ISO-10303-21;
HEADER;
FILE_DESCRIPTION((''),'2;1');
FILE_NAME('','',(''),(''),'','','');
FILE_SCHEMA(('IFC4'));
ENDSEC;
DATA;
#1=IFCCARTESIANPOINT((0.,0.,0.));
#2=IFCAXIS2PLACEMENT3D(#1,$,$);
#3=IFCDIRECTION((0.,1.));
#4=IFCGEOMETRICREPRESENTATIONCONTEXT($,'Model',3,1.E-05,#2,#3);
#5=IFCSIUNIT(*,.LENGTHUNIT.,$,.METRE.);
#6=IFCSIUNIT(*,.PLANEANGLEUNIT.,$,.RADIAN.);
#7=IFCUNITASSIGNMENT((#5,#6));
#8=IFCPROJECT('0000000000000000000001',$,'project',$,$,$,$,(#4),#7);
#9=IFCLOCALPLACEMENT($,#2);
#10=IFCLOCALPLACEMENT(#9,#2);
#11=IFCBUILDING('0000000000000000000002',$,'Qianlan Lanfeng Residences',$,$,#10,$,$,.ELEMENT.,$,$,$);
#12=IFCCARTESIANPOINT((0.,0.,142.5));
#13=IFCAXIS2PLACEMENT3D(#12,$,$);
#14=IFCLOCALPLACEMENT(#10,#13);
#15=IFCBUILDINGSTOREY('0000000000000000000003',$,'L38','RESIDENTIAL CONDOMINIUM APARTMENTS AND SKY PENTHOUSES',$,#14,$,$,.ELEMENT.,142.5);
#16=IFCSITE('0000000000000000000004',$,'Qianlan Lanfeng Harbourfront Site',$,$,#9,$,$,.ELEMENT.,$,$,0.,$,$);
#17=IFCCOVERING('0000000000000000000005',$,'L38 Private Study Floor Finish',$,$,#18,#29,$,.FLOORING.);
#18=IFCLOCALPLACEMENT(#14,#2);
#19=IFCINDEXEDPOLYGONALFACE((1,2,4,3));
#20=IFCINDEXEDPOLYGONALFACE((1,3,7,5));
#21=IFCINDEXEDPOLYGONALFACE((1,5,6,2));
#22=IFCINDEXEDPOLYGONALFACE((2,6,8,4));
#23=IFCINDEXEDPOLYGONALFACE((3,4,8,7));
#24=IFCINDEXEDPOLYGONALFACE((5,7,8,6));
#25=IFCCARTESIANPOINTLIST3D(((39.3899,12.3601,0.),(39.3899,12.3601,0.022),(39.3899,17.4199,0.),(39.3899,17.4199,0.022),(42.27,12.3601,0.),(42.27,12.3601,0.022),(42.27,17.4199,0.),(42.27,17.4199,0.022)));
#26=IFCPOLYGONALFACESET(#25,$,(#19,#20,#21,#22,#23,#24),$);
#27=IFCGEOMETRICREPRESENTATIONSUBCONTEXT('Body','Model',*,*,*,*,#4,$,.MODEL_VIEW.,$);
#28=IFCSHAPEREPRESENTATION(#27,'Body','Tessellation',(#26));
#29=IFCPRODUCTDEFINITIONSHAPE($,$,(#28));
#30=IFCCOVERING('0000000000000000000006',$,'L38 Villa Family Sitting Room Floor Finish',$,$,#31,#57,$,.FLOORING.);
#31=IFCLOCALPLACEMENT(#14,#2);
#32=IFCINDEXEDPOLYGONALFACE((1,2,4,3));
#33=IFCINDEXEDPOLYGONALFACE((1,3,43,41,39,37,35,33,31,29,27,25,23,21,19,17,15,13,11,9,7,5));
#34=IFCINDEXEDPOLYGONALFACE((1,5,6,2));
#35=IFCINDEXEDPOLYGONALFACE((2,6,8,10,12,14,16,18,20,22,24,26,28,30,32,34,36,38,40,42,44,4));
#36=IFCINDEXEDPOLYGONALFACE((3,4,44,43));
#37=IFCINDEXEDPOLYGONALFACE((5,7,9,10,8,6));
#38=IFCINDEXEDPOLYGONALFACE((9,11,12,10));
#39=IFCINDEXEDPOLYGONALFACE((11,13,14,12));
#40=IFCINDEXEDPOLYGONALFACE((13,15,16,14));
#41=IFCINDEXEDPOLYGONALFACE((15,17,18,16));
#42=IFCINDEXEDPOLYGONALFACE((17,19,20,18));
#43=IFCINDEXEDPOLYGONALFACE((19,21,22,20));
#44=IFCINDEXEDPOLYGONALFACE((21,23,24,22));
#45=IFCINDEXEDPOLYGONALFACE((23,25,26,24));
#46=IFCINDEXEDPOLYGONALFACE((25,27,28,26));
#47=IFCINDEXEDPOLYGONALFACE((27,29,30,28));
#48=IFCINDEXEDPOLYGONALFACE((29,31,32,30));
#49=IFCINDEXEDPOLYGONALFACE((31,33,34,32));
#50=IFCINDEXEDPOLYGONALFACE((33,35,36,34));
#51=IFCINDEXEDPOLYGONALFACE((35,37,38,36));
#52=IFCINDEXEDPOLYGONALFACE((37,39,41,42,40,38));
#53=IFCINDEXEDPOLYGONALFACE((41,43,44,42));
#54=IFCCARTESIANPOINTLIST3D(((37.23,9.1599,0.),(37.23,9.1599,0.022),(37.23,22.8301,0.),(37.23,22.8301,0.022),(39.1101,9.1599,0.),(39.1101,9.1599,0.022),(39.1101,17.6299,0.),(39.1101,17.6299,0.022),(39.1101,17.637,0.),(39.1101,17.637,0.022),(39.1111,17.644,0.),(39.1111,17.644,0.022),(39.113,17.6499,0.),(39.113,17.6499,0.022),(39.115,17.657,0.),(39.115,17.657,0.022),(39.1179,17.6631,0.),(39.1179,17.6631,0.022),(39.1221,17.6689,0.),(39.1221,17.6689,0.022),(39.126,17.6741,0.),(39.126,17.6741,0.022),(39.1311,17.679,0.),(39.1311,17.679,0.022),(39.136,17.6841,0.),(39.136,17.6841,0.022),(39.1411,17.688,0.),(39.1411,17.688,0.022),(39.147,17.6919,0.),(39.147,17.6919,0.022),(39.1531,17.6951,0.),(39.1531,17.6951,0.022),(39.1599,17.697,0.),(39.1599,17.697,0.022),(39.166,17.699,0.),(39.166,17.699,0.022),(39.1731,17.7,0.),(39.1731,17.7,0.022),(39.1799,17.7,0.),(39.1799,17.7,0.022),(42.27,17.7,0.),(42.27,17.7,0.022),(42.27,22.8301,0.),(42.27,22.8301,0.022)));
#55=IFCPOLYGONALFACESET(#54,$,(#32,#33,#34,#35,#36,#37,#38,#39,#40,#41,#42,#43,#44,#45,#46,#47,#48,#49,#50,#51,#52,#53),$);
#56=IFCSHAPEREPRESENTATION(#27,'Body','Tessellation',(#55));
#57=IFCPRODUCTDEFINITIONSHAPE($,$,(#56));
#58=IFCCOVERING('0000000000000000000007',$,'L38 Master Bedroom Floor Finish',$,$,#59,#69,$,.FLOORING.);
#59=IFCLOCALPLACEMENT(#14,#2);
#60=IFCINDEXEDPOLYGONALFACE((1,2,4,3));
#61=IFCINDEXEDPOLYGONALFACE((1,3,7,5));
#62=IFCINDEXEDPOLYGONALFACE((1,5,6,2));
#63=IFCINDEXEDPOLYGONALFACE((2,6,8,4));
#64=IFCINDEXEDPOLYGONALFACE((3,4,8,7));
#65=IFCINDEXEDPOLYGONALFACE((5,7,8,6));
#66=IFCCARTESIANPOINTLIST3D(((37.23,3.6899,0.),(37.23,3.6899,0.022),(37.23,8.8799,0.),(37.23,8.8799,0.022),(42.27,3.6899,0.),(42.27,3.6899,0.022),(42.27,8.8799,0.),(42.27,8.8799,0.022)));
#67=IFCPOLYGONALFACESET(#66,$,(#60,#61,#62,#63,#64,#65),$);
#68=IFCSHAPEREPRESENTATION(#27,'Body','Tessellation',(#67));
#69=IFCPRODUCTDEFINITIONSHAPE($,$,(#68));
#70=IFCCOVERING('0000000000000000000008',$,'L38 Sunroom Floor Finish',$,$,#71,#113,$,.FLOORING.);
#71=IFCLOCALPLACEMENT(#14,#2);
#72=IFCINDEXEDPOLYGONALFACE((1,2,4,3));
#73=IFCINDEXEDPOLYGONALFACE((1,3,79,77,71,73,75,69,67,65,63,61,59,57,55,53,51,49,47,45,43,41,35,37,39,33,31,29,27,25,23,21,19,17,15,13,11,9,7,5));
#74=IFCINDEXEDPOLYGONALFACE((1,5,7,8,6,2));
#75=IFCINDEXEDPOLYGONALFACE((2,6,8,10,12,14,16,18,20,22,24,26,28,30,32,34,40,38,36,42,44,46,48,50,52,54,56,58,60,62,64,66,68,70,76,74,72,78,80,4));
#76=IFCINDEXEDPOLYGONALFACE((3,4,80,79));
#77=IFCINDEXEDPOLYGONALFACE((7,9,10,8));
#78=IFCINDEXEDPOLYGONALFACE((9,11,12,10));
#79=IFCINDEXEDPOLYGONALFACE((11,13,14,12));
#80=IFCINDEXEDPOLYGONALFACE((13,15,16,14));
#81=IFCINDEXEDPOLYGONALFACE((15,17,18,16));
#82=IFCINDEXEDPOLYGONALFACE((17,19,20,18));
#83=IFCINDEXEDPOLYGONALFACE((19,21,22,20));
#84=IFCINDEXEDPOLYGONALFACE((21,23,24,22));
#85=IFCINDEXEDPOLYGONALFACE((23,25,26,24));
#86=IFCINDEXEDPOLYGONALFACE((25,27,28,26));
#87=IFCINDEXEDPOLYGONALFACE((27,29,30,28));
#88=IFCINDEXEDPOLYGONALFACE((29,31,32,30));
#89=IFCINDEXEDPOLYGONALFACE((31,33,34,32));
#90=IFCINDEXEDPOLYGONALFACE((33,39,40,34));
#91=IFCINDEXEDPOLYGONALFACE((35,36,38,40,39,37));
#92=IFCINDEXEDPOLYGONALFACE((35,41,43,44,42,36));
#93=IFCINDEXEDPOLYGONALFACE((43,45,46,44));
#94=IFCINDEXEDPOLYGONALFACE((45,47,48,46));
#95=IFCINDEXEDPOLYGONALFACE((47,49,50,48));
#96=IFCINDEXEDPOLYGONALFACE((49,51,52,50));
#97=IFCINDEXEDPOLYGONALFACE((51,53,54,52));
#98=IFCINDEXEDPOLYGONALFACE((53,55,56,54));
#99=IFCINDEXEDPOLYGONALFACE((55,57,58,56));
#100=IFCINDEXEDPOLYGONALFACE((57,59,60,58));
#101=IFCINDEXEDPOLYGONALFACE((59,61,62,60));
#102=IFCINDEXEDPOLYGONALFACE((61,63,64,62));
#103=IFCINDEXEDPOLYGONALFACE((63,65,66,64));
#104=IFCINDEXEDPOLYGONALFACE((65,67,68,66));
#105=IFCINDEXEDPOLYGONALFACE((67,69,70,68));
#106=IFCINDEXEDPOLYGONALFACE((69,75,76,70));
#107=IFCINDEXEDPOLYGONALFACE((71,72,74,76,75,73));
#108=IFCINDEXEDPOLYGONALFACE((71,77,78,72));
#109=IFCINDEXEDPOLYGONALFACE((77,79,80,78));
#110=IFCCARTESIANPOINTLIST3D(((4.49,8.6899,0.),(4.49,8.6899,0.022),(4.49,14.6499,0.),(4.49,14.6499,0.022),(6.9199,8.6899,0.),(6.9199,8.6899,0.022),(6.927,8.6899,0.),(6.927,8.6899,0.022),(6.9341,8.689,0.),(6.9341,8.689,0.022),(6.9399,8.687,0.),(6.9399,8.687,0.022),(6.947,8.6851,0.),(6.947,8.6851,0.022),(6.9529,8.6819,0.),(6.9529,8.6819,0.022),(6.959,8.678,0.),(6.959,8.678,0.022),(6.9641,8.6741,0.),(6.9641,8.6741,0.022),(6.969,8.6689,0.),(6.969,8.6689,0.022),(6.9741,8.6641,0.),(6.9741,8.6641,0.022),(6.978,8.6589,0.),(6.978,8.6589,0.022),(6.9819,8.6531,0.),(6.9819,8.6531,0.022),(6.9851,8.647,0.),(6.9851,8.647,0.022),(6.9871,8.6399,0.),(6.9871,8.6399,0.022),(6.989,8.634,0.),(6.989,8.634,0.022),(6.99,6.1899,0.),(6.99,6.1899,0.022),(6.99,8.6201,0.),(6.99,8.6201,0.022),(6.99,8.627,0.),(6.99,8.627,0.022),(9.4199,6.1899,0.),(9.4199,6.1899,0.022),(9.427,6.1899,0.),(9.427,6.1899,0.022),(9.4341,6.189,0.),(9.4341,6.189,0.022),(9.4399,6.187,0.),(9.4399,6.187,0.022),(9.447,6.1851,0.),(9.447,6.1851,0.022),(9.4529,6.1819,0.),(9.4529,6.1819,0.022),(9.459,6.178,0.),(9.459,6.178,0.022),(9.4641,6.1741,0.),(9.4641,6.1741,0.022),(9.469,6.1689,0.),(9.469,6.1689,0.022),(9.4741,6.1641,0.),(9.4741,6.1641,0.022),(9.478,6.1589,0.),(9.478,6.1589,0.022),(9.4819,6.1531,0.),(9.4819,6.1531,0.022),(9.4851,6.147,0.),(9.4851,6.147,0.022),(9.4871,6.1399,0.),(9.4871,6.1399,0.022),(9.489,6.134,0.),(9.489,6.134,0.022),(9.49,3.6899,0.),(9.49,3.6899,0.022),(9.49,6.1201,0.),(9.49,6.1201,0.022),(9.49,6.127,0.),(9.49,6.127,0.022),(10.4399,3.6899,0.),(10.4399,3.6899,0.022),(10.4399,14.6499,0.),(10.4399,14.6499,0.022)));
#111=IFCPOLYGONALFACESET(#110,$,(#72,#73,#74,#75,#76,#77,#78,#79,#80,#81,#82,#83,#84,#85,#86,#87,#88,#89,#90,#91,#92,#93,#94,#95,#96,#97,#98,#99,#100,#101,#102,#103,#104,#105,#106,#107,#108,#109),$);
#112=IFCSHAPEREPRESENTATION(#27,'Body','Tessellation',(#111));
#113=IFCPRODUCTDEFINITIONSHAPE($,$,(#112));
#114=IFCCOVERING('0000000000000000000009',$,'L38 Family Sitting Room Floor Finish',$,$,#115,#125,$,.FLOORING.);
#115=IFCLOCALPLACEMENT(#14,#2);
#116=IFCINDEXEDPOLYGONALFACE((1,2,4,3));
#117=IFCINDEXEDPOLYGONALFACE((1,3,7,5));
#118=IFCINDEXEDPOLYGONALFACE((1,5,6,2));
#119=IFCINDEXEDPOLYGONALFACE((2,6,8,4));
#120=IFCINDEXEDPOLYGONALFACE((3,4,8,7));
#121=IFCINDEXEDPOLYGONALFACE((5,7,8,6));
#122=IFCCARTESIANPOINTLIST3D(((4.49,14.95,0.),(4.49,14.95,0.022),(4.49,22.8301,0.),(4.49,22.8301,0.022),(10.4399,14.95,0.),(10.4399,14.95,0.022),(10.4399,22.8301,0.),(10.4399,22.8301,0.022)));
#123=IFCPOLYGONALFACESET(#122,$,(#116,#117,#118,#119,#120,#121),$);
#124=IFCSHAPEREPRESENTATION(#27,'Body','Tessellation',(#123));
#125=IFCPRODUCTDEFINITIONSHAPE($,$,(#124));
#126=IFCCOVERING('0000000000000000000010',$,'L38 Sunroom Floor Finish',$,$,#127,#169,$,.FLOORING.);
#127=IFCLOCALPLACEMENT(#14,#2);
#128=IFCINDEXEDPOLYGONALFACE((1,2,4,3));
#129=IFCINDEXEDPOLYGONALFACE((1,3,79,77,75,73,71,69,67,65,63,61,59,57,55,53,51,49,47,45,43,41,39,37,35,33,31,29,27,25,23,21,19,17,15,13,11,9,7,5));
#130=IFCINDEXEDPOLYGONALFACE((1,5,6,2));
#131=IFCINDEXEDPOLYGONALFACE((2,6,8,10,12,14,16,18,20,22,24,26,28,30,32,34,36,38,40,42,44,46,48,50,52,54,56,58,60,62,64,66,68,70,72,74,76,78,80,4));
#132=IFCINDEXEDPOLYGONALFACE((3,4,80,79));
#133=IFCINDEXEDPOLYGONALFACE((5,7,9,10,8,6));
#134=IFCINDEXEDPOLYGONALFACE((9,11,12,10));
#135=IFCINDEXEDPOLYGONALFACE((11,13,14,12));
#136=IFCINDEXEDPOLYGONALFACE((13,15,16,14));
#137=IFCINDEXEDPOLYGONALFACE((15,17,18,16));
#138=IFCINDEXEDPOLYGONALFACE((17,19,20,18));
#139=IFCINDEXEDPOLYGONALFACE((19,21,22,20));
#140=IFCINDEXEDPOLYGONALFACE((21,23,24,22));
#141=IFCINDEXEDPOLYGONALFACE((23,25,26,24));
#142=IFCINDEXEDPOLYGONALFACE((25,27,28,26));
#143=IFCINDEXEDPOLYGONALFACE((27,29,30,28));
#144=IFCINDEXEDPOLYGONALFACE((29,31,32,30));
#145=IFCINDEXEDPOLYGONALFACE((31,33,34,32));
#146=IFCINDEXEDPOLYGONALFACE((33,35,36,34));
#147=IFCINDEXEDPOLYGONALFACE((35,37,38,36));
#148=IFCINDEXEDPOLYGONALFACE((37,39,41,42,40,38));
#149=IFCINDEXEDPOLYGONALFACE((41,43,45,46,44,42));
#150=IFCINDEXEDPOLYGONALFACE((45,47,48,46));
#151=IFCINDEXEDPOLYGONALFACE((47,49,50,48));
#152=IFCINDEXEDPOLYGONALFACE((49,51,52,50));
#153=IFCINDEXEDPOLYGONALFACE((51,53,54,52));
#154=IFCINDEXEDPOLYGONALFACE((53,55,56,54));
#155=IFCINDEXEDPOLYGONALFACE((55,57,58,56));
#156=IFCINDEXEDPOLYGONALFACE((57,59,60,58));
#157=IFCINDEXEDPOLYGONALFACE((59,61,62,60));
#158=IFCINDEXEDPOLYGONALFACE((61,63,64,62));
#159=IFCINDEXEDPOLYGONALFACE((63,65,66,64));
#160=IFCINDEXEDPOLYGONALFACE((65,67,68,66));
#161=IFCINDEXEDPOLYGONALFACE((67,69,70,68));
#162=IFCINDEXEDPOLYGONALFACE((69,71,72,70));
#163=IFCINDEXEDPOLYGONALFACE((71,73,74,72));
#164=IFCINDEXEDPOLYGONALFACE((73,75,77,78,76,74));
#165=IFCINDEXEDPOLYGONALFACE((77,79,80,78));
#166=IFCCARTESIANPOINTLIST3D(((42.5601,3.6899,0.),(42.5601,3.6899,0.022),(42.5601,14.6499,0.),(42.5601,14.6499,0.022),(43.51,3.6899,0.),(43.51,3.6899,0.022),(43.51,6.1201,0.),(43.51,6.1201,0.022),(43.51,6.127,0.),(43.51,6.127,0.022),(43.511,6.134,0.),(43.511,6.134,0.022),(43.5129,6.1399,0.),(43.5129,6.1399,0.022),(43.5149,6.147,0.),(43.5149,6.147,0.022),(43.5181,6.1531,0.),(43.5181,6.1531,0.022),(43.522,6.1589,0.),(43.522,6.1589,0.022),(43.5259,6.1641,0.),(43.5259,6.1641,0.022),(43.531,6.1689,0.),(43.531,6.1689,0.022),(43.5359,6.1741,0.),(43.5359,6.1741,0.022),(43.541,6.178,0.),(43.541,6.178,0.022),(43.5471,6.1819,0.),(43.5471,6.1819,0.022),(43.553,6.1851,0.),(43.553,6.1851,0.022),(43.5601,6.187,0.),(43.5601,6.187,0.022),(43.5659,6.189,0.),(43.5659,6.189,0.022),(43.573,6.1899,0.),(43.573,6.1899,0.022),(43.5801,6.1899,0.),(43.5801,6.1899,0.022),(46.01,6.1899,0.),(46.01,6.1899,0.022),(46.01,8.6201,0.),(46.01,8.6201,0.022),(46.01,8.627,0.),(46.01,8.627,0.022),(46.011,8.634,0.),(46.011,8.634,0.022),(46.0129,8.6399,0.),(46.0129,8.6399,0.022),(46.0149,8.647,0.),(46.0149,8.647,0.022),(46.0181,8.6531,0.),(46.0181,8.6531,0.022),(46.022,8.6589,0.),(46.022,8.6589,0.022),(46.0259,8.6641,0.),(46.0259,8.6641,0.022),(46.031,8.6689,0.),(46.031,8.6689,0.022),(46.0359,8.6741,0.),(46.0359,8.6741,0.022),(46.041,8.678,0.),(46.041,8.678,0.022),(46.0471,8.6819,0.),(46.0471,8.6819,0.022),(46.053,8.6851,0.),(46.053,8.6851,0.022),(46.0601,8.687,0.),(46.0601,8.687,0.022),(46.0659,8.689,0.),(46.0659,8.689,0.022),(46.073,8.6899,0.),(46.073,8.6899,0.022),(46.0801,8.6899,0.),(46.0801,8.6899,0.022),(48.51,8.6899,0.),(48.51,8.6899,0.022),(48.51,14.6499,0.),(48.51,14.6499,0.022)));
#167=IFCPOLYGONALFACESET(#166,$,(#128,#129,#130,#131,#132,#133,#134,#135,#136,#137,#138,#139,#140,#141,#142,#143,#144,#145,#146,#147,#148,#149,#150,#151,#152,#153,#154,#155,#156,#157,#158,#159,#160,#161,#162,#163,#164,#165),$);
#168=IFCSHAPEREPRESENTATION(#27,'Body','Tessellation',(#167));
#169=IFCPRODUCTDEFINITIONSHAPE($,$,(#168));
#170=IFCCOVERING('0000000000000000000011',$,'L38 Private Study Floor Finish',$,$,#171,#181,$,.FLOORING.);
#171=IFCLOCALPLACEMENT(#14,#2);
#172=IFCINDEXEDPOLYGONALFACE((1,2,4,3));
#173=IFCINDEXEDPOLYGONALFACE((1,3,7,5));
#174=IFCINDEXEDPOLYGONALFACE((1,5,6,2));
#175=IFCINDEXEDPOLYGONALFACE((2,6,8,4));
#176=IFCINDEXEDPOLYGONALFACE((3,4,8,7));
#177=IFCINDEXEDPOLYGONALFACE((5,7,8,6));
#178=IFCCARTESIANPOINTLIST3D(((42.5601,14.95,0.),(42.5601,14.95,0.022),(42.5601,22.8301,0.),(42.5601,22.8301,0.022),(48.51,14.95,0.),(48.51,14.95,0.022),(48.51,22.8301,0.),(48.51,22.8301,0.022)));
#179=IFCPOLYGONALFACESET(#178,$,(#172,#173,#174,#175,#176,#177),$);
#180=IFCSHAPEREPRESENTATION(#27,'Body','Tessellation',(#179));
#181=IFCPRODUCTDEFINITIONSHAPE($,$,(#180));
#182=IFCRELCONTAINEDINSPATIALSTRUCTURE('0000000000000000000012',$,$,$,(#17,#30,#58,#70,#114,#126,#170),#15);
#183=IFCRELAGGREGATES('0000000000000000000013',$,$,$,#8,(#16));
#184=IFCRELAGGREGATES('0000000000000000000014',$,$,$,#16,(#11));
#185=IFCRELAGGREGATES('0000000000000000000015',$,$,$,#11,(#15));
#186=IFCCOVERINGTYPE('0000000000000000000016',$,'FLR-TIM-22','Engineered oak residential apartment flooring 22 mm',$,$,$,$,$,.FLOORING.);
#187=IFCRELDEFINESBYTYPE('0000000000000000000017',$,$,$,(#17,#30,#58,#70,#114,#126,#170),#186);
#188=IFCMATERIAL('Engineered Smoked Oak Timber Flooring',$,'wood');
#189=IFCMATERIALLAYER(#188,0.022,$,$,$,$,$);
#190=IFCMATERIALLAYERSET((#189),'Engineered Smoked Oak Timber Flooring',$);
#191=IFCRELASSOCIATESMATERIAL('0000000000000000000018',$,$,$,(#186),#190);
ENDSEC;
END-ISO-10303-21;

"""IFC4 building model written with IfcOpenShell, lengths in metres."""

from ifc_helpers import new_model, si_unit, direction, frame, origin, place, context, subcontext, project, spatial, polyline, outline, extrude, material, layer, layer_set, type_object, element, save


model = new_model("IFC4")

# Units and contexts
model_context = context("Model", 3, precision=1e-05, world=origin(), true_north=direction((0.0, 1.0)))
body_context = subcontext(model_context, "Body", "Model", "MODEL_VIEW")
ifc_project = project(units=[si_unit("LENGTHUNIT", "METRE"), si_unit("PLANEANGLEUNIT", "RADIAN")], contexts=[model_context])

# Site, building, storey
site_placement = place(None, origin())
site = spatial("IfcSite", under=ifc_project, at=site_placement, Name="Qianlan Lanfeng Harbourfront Site", CompositionType="ELEMENT", RefElevation=0.0)
building_placement = place(site_placement, origin())
building = spatial("IfcBuilding", under=site, at=building_placement, Name="Qianlan Lanfeng Residences", CompositionType="ELEMENT")
storey_placement = place(building_placement, frame((0.0, 0.0, 142.5)))
storey = spatial("IfcBuildingStorey", under=building, at=storey_placement, Name="L38", Description="RESIDENTIAL CONDOMINIUM APARTMENTS AND SKY PENTHOUSES", CompositionType="ELEMENT", Elevation=142.5)

# Coverings
ifc_material_1 = material(Name="Engineered Smoked Oak Timber Flooring", Category="wood")
ifc_layer_1 = layer(ifc_material_1, 0.022)
ifc_layer_set_1 = layer_set([ifc_layer_1], Name="Engineered Smoked Oak Timber Flooring")
covering_type_1 = type_object("IfcCoveringType", Name="FLR-TIM-22", Description="Engineered oak residential apartment flooring 22 mm", PredefinedType="FLOORING", material=ifc_layer_set_1)
covering_1_placement = place(storey_placement, origin())
element("IfcCovering", 1, at=covering_1_placement, inside=storey, type_object=covering_type_1, Name="L38 Private Study Floor Finish", PredefinedType="FLOORING", context=body_context, shape_type="SweptSolid", body=[
    extrude(outline(polyline([(39.3899, 12.3601), (42.27, 12.3601), (42.27, 17.4199), (39.3899, 17.4199), (39.3899, 12.3601)])), origin(), (0.0, 0.0, 1.0), 0.022),
])
covering_2_placement = place(storey_placement, origin())
element("IfcCovering", 2, at=covering_2_placement, inside=storey, type_object=covering_type_1, Name="L38 Villa Family Sitting Room Floor Finish", PredefinedType="FLOORING", context=body_context, shape_type="SweptSolid", body=[
    extrude(outline(polyline([(37.23, 9.1599), (39.1101, 9.1599), (39.1101, 17.6299), (39.1101, 17.637), (39.1111, 17.644), (39.113, 17.6499), (39.115, 17.657), (39.1179, 17.6631), (39.1221, 17.6689), (39.126, 17.6741), (39.1311, 17.679), (39.136, 17.6841), (39.1411, 17.688), (39.147, 17.6919), (39.1531, 17.6951), (39.1599, 17.697), (39.166, 17.699), (39.1731, 17.7), (39.1799, 17.7), (42.27, 17.7), (42.27, 22.8301), (37.23, 22.8301), (37.23, 9.1599)])), origin(), (0.0, 0.0, 1.0), 0.022),
])
covering_3_placement = place(storey_placement, origin())
element("IfcCovering", 3, at=covering_3_placement, inside=storey, type_object=covering_type_1, Name="L38 Master Bedroom Floor Finish", PredefinedType="FLOORING", context=body_context, shape_type="SweptSolid", body=[
    extrude(outline(polyline([(37.23, 8.8799), (37.23, 3.6899), (42.27, 3.6899), (42.27, 8.8799), (37.23, 8.8799)])), origin(), (0.0, 0.0, 1.0), 0.022),
])
covering_4_placement = place(storey_placement, origin())
element("IfcCovering", 4, at=covering_4_placement, inside=storey, type_object=covering_type_1, Name="L38 Sunroom Floor Finish", PredefinedType="FLOORING", context=body_context, shape_type="SweptSolid", body=[
    extrude(outline(polyline([(10.4399, 14.6499), (4.49, 14.6499), (4.49, 8.6899), (6.9199, 8.6899), (6.927, 8.6899), (6.9341, 8.689), (6.9399, 8.687), (6.947, 8.6851), (6.9529, 8.6819), (6.959, 8.678), (6.9641, 8.6741), (6.969, 8.6689), (6.9741, 8.6641), (6.978, 8.6589), (6.9819, 8.6531), (6.9851, 8.647), (6.9871, 8.6399), (6.989, 8.634), (6.99, 8.627), (6.99, 8.6201), (6.99, 6.1899), (9.4199, 6.1899), (9.427, 6.1899), (9.4341, 6.189), (9.4399, 6.187), (9.447, 6.1851), (9.4529, 6.1819), (9.459, 6.178), (9.4641, 6.1741), (9.469, 6.1689), (9.4741, 6.1641), (9.478, 6.1589), (9.4819, 6.1531), (9.4851, 6.147), (9.4871, 6.1399), (9.489, 6.134), (9.49, 6.127), (9.49, 6.1201), (9.49, 3.6899), (10.4399, 3.6899), (10.4399, 14.6499)])), origin(), (0.0, 0.0, 1.0), 0.022),
])
covering_5_placement = place(storey_placement, origin())
element("IfcCovering", 5, at=covering_5_placement, inside=storey, type_object=covering_type_1, Name="L38 Family Sitting Room Floor Finish", PredefinedType="FLOORING", context=body_context, shape_type="SweptSolid", body=[
    extrude(outline(polyline([(10.4399, 22.8301), (4.49, 22.8301), (4.49, 14.95), (10.4399, 14.95), (10.4399, 22.8301)])), origin(), (0.0, 0.0, 1.0), 0.022),
])
covering_6_placement = place(storey_placement, origin())
element("IfcCovering", 6, at=covering_6_placement, inside=storey, type_object=covering_type_1, Name="L38 Sunroom Floor Finish", PredefinedType="FLOORING", context=body_context, shape_type="SweptSolid", body=[
    extrude(outline(polyline([(48.51, 14.6499), (42.5601, 14.6499), (42.5601, 3.6899), (43.51, 3.6899), (43.51, 6.1201), (43.51, 6.127), (43.511, 6.134), (43.5129, 6.1399), (43.5149, 6.147), (43.5181, 6.1531), (43.522, 6.1589), (43.5259, 6.1641), (43.531, 6.1689), (43.5359, 6.1741), (43.541, 6.178), (43.5471, 6.1819), (43.553, 6.1851), (43.5601, 6.187), (43.5659, 6.189), (43.573, 6.1899), (43.5801, 6.1899), (46.01, 6.1899), (46.01, 8.6201), (46.01, 8.627), (46.011, 8.634), (46.0129, 8.6399), (46.0149, 8.647), (46.0181, 8.6531), (46.022, 8.6589), (46.0259, 8.6641), (46.031, 8.6689), (46.0359, 8.6741), (46.041, 8.678), (46.0471, 8.6819), (46.053, 8.6851), (46.0601, 8.687), (46.0659, 8.689), (46.073, 8.6899), (46.0801, 8.6899), (48.51, 8.6899), (48.51, 14.6499)])), origin(), (0.0, 0.0, 1.0), 0.022),
])
covering_7_placement = place(storey_placement, origin())
element("IfcCovering", 7, at=covering_7_placement, inside=storey, type_object=covering_type_1, Name="L38 Private Study Floor Finish", PredefinedType="FLOORING", context=body_context, shape_type="SweptSolid", body=[
    extrude(outline(polyline([(48.51, 22.8301), (42.5601, 22.8301), (42.5601, 14.95), (48.51, 14.95), (48.51, 22.8301)])), origin(), (0.0, 0.0, 1.0), 0.022),
])

save(model, "model.ifc")
